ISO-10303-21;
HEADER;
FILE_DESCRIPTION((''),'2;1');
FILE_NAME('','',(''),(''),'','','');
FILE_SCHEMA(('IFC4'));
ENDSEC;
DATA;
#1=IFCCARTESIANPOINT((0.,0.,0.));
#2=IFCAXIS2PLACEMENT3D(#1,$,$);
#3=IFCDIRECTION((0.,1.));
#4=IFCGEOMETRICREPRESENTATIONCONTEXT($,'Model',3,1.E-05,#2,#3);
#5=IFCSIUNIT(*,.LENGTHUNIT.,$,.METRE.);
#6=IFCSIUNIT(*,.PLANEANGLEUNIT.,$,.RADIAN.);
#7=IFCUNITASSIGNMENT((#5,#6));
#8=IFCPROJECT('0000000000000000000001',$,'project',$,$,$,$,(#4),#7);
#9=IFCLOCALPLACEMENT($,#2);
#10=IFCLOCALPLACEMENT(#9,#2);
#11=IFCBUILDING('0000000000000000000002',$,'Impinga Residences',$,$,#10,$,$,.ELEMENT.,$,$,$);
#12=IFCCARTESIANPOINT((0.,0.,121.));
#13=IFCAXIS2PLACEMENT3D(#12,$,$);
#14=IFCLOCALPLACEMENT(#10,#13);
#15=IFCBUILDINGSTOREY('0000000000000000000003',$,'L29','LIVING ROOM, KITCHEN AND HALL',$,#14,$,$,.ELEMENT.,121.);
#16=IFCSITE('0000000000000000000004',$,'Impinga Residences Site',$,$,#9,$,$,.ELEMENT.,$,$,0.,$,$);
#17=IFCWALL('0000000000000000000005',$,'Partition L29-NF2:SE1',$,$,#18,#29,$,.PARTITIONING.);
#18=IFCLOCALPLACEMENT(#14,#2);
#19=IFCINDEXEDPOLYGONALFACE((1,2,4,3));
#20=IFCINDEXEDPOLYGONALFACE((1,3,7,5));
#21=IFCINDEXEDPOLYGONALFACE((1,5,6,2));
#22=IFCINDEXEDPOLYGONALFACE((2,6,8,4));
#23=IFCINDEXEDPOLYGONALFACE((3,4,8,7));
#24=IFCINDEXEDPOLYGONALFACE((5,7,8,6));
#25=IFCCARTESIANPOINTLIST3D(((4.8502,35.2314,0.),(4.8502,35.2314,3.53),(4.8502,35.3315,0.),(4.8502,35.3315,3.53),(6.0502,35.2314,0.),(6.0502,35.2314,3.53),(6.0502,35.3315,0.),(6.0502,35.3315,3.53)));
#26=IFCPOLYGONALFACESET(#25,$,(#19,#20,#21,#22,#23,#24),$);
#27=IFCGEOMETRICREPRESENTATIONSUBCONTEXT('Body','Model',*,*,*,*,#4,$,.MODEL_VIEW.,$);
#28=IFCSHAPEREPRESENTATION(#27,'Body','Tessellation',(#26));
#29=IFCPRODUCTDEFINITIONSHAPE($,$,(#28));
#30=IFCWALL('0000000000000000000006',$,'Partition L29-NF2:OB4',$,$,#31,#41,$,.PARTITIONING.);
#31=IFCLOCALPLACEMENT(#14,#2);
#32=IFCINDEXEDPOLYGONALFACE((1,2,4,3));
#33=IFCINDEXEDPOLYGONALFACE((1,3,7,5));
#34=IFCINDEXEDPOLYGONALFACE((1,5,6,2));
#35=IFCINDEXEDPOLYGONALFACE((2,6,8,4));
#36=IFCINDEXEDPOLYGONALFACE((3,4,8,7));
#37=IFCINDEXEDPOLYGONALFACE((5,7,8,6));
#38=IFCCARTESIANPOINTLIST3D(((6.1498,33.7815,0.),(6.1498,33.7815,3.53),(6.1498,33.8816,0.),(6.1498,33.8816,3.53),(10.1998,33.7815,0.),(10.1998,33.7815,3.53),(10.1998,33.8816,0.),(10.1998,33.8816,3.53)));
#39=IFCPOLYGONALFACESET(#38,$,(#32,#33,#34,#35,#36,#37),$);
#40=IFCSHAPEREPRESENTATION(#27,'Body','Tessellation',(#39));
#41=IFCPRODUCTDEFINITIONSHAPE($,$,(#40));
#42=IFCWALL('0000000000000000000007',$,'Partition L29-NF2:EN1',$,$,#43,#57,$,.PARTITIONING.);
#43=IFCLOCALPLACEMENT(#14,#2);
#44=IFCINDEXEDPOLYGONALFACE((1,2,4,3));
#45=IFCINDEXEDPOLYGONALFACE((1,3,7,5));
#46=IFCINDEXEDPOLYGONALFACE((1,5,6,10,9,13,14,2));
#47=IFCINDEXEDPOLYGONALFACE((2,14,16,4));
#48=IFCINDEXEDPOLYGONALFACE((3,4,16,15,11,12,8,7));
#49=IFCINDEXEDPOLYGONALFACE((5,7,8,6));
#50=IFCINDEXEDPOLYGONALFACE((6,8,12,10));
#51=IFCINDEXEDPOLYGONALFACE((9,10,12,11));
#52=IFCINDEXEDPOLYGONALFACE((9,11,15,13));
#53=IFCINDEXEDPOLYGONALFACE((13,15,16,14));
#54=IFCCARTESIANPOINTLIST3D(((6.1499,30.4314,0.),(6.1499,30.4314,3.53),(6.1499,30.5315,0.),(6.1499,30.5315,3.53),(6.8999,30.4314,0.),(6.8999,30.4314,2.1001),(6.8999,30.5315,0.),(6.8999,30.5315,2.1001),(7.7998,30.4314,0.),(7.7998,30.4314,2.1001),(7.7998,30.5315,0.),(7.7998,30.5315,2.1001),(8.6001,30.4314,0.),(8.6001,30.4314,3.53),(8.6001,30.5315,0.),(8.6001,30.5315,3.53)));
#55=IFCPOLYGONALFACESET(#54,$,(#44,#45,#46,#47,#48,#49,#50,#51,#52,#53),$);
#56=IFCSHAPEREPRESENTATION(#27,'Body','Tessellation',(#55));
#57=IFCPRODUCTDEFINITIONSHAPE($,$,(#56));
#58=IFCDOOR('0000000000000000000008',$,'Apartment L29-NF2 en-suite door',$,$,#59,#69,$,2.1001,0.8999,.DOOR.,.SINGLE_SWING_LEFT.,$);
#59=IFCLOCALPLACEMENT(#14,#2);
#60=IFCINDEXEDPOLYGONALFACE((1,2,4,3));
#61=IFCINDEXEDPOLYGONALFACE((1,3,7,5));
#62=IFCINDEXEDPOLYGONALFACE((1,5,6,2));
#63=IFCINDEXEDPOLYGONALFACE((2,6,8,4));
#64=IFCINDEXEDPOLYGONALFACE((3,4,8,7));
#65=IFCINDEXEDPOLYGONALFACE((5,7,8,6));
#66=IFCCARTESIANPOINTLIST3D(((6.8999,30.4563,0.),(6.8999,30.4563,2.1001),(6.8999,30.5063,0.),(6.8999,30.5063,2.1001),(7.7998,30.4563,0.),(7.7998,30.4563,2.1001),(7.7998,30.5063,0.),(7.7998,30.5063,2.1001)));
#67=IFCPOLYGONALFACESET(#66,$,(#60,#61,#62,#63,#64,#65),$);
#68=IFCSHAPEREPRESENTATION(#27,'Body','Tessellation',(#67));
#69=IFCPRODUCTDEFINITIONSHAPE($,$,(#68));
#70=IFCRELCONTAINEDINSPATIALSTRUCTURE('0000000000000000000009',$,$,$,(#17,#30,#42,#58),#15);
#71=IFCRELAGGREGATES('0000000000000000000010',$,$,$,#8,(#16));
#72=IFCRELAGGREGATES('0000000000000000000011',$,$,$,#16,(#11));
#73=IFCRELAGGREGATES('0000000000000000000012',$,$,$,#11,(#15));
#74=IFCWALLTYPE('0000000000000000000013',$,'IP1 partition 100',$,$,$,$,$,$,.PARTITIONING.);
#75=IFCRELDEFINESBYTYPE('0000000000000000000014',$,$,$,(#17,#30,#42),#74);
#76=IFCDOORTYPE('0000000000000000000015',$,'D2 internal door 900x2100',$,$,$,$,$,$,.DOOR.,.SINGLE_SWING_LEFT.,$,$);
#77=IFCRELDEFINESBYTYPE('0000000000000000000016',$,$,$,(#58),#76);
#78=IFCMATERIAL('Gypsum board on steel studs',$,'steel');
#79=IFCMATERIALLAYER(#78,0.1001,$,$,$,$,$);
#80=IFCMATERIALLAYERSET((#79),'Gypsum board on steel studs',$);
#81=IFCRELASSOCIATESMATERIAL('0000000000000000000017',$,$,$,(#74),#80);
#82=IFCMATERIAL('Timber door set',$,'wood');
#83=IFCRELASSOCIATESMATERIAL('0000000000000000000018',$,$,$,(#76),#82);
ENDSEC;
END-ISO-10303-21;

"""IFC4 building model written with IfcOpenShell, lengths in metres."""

from ifc_helpers import new_model, si_unit, direction, frame, frame_2d, origin, place, context, subcontext, project, spatial, rectangle, extrude, material, layer, layer_set, type_object, element, fill, save


model = new_model("IFC4")

# Units and contexts
model_context = context("Model", 3, precision=1e-05, world=origin(), true_north=direction((0.0, 1.0)))
body_context = subcontext(model_context, "Body", "Model", "MODEL_VIEW")
ifc_project = project(units=[si_unit("LENGTHUNIT", "METRE"), si_unit("PLANEANGLEUNIT", "RADIAN")], contexts=[model_context])

# Site, building, storey
site_placement = place(None, origin())
site = spatial("IfcSite", under=ifc_project, at=site_placement, Name="Impinga Residences Site", CompositionType="ELEMENT", RefElevation=0.0)
building_placement = place(site_placement, origin())
building = spatial("IfcBuilding", under=site, at=building_placement, Name="Impinga Residences", CompositionType="ELEMENT")
storey_placement = place(building_placement, frame((0.0, 0.0, 121.0)))
storey = spatial("IfcBuildingStorey", under=building, at=storey_placement, Name="L29", Description="LIVING ROOM, KITCHEN AND HALL", CompositionType="ELEMENT", Elevation=121.0)

# Walls
ifc_material_1 = material(Name="Gypsum board on steel studs", Category="steel")
ifc_layer_1 = layer(ifc_material_1, 0.1001)
ifc_layer_set_1 = layer_set([ifc_layer_1], Name="Gypsum board on steel studs")
wall_type_1 = type_object("IfcWallType", Name="IP1 partition 100", PredefinedType="PARTITIONING", material=ifc_layer_set_1)
wall_1_placement = place(storey_placement, frame((4.8501, 35.2815, 0.0), z_axis=(0.0, 0.0, 1.0), x_axis=(1.0, 0.0, 0.0)))
element("IfcWall", 1, at=wall_1_placement, inside=storey, type_object=wall_type_1, Name="Partition L29-NF2:SE1", PredefinedType="PARTITIONING", context=body_context, shape_type="SweptSolid", body=[
    extrude(rectangle(XDim=1.2, YDim=0.1001, at=frame_2d((0.6001, 0.0))), origin(), (0.0, 0.0, 1.0), 3.53),
])
wall_2_placement = place(storey_placement, frame((6.1499, 33.8315, 0.0), z_axis=(0.0, 0.0, 1.0), x_axis=(1.0, 0.0, 0.0)))
element("IfcWall", 2, at=wall_2_placement, inside=storey, type_object=wall_type_1, Name="Partition L29-NF2:OB4", PredefinedType="PARTITIONING", context=body_context, shape_type="SweptSolid", body=[
    extrude(rectangle(XDim=4.05, YDim=0.1001, at=frame_2d((2.0249, 0.0))), origin(), (0.0, 0.0, 1.0), 3.53),
])

# Wall, opening, door
wall_3_placement = place(storey_placement, frame((6.1499, 30.4814, 0.0), z_axis=(0.0, 0.0, 1.0), x_axis=(1.0, 0.0, 0.0)))
wall_3 = element("IfcWall", 3, at=wall_3_placement, inside=storey, type_object=wall_type_1, Name="Partition L29-NF2:EN1", PredefinedType="PARTITIONING", context=body_context, shape_type="SweptSolid", body=[
    extrude(rectangle(XDim=2.4502, YDim=0.1001, at=frame_2d((1.2251, 0.0))), origin(), (0.0, 0.0, 1.0), 3.53),
])
opening_1_placement = place(wall_3_placement, frame((0.75, 0.0, 0.0)))
opening_1 = element("IfcOpeningElement", 4, at=opening_1_placement, cuts=wall_3, PredefinedType="OPENING", context=body_context, shape_type="SweptSolid", body=[
    extrude(rectangle(XDim=0.8999, YDim=2.1001, at=frame_2d((0.45, 1.05))), frame((0.0, 0.0601, 0.0), z_axis=(0.0, -1.0, 0.0), x_axis=(1.0, 0.0, 0.0)), (0.0, 0.0, 1.0), 0.1201),
])
ifc_material_2 = material(Name="Timber door set", Category="wood")
door_type = type_object("IfcDoorType", Name="D2 internal door 900x2100", OperationType="SINGLE_SWING_LEFT", PredefinedType="DOOR", material=ifc_material_2)
door_placement = place(opening_1_placement, origin())
door = element("IfcDoor", 5, at=door_placement, inside=storey, type_object=door_type, Name="Apartment L29-NF2 en-suite door", OperationType="SINGLE_SWING_LEFT", OverallHeight=2.1001, OverallWidth=0.8999, PredefinedType="DOOR", context=body_context, shape_type="SweptSolid", body=[
    extrude(rectangle(XDim=0.8999, YDim=2.1001, at=frame_2d((0.45, 1.05))), frame((0.0, 0.0249, 0.0), z_axis=(0.0, -1.0, 0.0), x_axis=(1.0, 0.0, 0.0)), (0.0, 0.0, 1.0), 0.05),
])
fill(opening_1, door)

save(model, "model.ifc")
